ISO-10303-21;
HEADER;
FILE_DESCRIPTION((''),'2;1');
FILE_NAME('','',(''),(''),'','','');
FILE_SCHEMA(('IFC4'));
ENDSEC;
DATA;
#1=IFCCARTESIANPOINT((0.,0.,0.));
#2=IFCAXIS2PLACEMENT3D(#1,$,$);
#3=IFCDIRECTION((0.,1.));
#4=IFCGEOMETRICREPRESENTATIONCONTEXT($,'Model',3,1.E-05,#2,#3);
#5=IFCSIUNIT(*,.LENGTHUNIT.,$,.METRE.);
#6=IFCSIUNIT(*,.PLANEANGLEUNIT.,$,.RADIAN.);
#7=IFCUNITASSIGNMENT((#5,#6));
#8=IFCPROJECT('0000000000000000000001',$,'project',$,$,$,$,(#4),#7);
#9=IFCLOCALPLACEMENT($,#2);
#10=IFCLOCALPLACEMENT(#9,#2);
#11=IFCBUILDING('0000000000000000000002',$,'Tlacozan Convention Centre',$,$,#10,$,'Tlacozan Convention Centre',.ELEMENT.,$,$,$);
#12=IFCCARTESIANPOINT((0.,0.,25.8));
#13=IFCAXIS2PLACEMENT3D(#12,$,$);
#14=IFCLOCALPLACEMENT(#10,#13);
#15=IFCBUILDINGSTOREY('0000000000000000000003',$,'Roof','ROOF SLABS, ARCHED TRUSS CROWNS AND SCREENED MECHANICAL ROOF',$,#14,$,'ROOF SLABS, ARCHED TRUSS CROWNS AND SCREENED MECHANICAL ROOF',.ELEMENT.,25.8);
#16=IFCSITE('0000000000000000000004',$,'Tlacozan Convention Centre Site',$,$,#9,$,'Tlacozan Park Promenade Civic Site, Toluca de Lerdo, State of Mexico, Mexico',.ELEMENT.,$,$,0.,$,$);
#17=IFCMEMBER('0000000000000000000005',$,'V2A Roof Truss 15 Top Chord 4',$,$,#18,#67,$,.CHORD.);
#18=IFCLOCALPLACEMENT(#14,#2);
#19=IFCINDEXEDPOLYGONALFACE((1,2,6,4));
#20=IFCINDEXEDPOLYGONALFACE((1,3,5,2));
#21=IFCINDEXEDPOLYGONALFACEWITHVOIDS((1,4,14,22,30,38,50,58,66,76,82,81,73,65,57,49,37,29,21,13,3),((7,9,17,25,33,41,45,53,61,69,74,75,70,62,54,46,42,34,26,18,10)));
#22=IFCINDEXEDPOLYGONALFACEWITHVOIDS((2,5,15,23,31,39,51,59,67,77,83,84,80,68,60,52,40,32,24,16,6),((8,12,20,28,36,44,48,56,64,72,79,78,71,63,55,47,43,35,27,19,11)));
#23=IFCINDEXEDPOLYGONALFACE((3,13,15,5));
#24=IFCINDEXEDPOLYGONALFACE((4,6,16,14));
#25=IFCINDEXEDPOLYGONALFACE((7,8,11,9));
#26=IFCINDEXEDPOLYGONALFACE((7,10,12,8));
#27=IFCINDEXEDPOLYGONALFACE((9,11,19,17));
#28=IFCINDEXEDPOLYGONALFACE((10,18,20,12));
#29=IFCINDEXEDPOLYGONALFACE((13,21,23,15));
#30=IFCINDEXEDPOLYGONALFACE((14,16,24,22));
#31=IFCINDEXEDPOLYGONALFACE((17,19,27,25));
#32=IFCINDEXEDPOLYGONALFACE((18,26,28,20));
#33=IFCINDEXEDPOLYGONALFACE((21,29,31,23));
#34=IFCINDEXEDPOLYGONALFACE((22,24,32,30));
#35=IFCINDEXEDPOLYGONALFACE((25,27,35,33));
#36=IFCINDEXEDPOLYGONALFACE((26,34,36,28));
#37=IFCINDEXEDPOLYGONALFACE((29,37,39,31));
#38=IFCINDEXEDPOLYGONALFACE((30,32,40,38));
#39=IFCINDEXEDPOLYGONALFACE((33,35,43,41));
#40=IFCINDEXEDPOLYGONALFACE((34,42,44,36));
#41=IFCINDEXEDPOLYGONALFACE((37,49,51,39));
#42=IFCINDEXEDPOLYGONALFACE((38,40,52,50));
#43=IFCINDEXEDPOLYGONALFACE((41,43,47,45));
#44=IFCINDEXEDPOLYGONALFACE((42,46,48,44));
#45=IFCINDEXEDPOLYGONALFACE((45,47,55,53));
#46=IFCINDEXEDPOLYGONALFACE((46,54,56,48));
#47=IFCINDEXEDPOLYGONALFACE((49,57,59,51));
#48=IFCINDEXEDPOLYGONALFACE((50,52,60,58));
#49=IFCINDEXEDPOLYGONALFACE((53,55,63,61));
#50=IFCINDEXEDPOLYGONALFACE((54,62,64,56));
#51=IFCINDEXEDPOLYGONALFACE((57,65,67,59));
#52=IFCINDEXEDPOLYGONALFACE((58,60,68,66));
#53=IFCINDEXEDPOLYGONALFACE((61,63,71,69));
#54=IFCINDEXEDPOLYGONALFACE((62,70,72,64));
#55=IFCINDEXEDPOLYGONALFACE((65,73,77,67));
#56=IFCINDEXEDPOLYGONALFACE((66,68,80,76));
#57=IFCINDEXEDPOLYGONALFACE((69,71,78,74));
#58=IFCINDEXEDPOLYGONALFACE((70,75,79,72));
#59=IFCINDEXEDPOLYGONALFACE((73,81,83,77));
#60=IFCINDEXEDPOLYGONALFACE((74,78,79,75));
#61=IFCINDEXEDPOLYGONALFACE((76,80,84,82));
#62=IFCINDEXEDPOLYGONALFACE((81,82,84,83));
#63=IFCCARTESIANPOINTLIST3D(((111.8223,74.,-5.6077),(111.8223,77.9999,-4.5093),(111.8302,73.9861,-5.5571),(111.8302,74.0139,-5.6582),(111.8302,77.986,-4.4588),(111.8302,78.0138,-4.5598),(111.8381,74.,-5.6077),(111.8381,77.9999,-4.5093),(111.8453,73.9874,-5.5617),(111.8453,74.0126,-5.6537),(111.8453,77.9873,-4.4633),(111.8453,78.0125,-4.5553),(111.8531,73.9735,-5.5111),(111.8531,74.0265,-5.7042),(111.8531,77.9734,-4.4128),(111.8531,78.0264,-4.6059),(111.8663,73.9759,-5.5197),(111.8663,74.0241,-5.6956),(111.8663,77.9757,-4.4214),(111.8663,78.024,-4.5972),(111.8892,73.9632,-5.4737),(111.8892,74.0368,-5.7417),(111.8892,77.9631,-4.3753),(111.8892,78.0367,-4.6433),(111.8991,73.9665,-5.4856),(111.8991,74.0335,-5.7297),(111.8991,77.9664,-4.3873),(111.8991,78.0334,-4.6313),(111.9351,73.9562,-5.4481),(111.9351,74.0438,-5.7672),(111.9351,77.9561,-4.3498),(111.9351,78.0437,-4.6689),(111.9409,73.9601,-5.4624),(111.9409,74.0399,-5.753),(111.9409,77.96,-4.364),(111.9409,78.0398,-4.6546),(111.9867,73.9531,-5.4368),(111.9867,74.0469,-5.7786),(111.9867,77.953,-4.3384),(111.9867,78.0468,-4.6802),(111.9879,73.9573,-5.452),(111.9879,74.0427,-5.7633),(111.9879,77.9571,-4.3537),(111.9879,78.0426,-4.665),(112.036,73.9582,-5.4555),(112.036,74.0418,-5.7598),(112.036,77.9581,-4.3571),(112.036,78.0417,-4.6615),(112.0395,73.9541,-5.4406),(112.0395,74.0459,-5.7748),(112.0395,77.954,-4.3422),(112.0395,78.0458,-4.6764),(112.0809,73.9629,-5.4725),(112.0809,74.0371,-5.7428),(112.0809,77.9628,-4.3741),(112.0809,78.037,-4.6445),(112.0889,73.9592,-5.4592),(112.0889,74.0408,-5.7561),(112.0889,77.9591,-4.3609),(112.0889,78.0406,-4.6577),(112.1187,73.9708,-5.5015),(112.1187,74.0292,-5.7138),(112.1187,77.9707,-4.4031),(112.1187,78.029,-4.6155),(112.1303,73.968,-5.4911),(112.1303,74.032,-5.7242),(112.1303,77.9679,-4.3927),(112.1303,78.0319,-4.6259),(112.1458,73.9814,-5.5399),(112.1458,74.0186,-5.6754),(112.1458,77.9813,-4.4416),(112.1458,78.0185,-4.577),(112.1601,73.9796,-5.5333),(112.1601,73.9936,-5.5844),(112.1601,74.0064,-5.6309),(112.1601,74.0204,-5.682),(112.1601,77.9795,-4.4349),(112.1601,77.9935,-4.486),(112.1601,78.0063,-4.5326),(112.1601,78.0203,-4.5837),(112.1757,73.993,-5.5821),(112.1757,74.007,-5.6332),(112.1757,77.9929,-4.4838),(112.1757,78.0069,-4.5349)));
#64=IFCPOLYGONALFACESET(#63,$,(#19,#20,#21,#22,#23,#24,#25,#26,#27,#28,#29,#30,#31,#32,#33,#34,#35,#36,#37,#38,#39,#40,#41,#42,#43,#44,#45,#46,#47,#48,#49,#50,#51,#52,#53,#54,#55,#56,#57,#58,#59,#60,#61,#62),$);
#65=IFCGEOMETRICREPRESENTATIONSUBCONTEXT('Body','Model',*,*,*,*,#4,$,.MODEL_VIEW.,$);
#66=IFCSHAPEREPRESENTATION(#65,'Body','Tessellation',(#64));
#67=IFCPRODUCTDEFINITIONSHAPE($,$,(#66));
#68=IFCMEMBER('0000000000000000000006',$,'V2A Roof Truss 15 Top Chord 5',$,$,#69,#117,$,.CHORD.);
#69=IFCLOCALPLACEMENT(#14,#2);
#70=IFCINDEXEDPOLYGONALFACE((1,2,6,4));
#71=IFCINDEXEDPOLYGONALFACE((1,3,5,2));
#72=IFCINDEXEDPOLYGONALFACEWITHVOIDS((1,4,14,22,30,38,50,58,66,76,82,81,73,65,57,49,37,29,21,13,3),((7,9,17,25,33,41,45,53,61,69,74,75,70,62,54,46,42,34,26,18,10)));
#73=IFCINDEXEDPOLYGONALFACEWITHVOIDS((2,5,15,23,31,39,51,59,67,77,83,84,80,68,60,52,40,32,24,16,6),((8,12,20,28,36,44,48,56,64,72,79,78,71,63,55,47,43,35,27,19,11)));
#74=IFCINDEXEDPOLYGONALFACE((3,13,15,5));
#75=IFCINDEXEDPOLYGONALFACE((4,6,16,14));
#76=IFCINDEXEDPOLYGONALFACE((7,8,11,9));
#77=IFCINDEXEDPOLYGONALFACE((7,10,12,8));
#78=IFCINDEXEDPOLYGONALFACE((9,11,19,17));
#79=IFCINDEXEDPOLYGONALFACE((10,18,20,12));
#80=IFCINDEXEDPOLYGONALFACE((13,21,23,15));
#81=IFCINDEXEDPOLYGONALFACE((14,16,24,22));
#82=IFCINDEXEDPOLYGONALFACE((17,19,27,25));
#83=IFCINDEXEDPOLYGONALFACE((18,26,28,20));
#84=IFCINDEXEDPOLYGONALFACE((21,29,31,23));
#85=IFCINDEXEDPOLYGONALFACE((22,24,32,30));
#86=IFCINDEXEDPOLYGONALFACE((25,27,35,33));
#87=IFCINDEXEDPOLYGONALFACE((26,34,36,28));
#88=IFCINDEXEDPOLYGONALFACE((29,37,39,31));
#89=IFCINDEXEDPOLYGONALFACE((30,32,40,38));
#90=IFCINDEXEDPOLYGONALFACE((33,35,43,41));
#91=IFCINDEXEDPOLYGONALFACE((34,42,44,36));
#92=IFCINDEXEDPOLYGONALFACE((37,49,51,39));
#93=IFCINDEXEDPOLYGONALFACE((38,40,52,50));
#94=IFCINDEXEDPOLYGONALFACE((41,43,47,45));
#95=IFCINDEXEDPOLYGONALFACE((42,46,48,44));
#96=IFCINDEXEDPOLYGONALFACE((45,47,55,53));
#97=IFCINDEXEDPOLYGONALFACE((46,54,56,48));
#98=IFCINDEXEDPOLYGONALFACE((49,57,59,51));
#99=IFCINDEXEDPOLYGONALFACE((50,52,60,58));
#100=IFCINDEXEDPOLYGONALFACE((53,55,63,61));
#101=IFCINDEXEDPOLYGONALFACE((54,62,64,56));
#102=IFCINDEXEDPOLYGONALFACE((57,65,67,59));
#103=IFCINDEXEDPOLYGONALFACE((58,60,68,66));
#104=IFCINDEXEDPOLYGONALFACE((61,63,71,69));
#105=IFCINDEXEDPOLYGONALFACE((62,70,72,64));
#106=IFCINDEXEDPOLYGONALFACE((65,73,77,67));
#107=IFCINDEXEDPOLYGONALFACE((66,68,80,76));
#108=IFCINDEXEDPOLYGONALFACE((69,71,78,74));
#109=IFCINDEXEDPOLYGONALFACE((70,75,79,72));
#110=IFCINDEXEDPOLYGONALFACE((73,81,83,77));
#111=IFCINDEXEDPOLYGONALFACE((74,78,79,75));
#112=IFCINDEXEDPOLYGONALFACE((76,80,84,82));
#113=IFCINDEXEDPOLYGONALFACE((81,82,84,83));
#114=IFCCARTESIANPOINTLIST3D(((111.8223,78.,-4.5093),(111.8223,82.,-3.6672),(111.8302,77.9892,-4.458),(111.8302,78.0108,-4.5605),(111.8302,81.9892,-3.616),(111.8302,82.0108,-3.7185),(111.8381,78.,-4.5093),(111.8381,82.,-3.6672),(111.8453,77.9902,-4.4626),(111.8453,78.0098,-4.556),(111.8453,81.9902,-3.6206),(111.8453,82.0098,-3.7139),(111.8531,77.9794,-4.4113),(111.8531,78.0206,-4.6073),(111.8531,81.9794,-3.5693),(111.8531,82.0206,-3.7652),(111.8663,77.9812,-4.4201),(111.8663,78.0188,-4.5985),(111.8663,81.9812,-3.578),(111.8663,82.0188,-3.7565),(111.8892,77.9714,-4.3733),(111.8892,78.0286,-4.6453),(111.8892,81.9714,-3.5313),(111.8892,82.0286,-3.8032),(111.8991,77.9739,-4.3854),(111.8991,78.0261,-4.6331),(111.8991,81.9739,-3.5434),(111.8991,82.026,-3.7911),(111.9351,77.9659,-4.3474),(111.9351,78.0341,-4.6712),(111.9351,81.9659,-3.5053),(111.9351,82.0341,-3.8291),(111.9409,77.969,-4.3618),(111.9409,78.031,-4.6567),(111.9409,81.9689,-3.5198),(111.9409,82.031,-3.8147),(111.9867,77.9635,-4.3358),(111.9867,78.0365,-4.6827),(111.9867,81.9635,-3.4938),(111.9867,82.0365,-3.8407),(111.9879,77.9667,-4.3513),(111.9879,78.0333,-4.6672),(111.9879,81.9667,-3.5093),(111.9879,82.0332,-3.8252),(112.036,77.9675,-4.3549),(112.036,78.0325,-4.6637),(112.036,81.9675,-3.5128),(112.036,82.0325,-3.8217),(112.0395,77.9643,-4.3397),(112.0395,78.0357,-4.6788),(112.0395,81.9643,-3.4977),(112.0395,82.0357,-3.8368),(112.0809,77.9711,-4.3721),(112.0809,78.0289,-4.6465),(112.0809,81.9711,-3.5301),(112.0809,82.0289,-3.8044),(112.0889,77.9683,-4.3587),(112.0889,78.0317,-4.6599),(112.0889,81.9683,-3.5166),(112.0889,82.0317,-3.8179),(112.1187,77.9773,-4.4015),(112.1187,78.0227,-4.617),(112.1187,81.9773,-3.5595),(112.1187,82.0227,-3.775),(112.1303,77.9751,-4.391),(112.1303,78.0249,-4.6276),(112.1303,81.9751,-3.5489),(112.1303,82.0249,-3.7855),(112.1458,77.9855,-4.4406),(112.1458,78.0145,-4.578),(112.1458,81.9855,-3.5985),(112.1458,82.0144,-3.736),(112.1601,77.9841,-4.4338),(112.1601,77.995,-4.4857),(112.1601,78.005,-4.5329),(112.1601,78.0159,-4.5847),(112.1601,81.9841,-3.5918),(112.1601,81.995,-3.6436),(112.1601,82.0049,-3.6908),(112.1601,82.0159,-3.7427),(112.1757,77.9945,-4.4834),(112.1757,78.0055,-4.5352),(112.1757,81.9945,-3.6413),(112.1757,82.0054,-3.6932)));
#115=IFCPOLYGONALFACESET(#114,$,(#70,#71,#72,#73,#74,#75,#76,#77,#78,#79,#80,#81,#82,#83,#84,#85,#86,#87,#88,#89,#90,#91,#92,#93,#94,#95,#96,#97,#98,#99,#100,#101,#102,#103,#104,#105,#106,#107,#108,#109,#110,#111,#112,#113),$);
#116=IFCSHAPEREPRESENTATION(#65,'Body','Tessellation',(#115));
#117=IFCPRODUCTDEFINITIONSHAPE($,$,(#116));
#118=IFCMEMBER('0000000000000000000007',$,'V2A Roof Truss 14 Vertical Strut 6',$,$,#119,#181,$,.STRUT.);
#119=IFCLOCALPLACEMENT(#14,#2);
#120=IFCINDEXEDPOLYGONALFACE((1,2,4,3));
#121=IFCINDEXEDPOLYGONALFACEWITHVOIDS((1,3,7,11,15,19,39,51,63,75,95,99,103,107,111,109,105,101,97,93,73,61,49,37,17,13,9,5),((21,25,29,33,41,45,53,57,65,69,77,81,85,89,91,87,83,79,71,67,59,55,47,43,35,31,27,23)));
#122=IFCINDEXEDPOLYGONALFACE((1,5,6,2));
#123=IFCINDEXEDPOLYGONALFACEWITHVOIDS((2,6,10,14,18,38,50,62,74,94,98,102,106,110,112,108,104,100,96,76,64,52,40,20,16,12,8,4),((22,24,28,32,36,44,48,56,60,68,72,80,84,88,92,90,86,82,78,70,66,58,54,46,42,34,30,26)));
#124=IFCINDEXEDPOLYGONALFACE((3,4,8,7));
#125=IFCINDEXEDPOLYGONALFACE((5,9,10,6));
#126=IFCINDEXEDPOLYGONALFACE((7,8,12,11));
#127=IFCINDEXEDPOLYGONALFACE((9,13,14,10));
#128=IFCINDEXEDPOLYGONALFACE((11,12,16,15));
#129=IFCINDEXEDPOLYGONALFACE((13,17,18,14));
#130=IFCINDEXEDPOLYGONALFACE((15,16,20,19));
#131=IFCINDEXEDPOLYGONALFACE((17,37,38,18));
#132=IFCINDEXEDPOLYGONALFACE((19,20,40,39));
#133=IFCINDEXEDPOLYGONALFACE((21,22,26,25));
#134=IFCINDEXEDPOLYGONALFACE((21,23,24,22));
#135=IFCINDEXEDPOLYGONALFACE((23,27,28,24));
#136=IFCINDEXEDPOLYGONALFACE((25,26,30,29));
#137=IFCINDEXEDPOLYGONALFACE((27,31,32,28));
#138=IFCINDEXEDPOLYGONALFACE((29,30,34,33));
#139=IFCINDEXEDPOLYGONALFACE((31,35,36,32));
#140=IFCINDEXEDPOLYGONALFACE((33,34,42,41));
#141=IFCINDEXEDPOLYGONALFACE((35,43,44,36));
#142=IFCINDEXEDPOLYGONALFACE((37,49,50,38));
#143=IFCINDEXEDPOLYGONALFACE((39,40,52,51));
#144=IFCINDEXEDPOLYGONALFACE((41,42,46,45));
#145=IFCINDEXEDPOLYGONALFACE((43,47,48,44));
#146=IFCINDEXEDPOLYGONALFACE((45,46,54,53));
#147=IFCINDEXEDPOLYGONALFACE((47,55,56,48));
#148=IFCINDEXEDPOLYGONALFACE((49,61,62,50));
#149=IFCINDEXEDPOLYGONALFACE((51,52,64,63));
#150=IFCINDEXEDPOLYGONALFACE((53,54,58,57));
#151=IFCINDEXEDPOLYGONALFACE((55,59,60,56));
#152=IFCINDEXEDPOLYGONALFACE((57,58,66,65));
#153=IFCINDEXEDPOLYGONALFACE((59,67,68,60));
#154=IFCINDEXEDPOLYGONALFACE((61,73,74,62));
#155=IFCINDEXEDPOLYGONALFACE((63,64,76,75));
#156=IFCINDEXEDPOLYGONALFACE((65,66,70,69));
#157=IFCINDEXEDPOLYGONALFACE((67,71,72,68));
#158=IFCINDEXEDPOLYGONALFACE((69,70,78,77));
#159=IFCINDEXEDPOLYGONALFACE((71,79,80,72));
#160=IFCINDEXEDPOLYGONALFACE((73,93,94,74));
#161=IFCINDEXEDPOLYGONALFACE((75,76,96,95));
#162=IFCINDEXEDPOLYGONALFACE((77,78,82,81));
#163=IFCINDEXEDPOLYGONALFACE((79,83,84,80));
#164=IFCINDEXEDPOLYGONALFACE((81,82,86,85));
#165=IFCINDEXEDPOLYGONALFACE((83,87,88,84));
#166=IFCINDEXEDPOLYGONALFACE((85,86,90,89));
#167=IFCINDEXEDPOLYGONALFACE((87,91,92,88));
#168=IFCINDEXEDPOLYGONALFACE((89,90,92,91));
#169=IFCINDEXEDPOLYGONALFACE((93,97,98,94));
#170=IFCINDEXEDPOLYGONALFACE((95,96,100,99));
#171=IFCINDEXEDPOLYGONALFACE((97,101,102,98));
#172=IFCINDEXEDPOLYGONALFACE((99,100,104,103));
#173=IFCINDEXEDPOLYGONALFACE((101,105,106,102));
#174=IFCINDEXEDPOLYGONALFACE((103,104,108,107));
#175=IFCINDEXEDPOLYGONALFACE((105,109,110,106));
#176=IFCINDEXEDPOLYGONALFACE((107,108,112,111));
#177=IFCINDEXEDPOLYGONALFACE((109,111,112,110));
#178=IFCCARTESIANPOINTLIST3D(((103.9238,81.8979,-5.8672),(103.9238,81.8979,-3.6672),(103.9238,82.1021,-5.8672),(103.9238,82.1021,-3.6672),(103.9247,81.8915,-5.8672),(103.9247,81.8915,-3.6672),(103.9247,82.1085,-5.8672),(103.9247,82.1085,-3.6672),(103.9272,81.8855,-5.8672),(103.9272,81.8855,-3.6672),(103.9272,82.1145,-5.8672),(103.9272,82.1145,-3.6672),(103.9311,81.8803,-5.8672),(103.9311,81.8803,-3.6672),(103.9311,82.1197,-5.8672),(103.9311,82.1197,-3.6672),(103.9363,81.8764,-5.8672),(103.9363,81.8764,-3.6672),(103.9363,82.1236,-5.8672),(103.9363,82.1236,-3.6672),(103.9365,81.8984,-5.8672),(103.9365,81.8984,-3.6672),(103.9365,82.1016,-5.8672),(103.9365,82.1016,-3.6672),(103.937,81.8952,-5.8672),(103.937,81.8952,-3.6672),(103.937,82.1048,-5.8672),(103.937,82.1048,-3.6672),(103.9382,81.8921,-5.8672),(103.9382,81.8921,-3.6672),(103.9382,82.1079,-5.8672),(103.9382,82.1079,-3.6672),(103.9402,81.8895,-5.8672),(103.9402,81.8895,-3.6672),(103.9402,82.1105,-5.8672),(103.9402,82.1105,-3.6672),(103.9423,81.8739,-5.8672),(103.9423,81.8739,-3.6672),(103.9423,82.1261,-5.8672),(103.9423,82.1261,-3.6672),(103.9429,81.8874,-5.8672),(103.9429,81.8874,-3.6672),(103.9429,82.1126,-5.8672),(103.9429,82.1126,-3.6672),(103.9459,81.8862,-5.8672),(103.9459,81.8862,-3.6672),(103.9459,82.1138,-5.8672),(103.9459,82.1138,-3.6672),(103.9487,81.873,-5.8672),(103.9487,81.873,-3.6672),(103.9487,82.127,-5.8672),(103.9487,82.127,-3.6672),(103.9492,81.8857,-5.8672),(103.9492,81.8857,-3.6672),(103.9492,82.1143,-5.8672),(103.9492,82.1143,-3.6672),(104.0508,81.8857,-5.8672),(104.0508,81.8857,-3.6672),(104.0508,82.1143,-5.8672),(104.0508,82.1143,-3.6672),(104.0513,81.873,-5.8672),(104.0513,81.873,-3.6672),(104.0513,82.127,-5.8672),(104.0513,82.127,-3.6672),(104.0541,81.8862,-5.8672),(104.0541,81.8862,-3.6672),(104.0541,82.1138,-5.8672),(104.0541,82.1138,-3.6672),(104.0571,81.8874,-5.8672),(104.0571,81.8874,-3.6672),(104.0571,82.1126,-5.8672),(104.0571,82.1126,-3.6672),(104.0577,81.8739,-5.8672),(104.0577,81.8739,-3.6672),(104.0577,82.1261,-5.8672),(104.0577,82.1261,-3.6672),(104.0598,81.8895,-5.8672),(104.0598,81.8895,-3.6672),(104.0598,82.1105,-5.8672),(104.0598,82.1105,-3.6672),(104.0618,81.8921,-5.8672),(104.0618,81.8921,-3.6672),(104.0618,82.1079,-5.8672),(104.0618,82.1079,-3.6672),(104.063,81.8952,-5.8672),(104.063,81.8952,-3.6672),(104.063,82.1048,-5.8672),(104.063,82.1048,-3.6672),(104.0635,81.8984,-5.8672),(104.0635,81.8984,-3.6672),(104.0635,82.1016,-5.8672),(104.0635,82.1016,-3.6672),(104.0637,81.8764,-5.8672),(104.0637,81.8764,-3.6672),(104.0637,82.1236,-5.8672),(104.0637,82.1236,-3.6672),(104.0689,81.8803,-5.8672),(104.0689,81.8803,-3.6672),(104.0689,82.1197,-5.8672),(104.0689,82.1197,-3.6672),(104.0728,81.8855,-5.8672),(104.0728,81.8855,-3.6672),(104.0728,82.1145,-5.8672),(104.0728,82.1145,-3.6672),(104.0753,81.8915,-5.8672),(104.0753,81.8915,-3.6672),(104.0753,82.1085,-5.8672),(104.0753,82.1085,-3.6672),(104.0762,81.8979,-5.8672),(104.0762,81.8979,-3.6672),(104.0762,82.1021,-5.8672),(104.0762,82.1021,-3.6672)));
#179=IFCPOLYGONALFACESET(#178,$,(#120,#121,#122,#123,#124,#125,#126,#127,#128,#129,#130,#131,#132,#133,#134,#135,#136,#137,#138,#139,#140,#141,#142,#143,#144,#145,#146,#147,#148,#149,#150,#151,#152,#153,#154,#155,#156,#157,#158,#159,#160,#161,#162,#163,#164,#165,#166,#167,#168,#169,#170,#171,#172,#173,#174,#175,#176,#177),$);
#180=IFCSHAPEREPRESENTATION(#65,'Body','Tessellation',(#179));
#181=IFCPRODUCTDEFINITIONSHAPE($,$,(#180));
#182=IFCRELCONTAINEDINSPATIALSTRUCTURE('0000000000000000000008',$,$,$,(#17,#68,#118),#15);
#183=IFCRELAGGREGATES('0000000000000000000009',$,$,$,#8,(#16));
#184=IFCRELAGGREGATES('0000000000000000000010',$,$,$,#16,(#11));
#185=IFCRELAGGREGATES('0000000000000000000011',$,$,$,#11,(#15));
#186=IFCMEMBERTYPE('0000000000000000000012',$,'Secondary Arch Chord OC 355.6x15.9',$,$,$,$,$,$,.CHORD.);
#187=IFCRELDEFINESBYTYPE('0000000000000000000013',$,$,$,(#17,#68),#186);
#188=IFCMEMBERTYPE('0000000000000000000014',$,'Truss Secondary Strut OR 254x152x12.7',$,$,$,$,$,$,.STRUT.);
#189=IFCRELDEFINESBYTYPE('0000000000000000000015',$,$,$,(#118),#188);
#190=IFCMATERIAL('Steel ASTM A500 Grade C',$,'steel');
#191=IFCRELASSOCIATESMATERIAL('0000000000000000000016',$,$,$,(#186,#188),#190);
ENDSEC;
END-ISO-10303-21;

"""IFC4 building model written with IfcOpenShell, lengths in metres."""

from ifc_helpers import new_model, si_unit, direction, frame, origin, origin_2d, place, context, subcontext, project, spatial, hollow_rectangle, hollow_circle, extrude, material, material_profile, profile_set, type_object, element, save


model = new_model("IFC4")

# Units and contexts
model_context = context("Model", 3, precision=1e-05, world=origin(), true_north=direction((0.0, 1.0)))
body_context = subcontext(model_context, "Body", "Model", "MODEL_VIEW")
ifc_project = project(units=[si_unit("LENGTHUNIT", "METRE"), si_unit("PLANEANGLEUNIT", "RADIAN")], contexts=[model_context])

# Site, building, storey
site_placement = place(None, origin())
site = spatial("IfcSite", under=ifc_project, at=site_placement, Name="Tlacozan Convention Centre Site", LongName="Tlacozan Park Promenade Civic Site, Toluca de Lerdo, State of Mexico, Mexico", CompositionType="ELEMENT", RefElevation=0.0)
building_placement = place(site_placement, origin())
building = spatial("IfcBuilding", under=site, at=building_placement, Name="Tlacozan Convention Centre", LongName="Tlacozan Convention Centre", CompositionType="ELEMENT")
storey_placement = place(building_placement, frame((0.0, 0.0, 25.8)))
storey = spatial("IfcBuildingStorey", under=building, at=storey_placement, Name="Roof", Description="ROOF SLABS, ARCHED TRUSS CROWNS AND SCREENED MECHANICAL ROOF", LongName="ROOF SLABS, ARCHED TRUSS CROWNS AND SCREENED MECHANICAL ROOF", CompositionType="ELEMENT", Elevation=25.8)

# Members
ifc_material_1 = material(Name="Steel ASTM A500 Grade C", Category="steel")
ifc_material_profile_1 = material_profile(ifc_material_1, hollow_circle(Radius=0.1777, WallThickness=0.0159, at=origin_2d()), Name="OC 355.6x15.9")
ifc_profile_set_1 = profile_set([ifc_material_profile_1], Name="Steel ASTM A500 Grade C")
member_type_1 = type_object("IfcMemberType", Name="Secondary Arch Chord OC 355.6x15.9", PredefinedType="CHORD", material=ifc_profile_set_1)
member_1_placement = place(storey_placement, frame((112.0, 74.0, -5.6077), z_axis=(0.0, 0.964305, 0.264795), x_axis=(-1.0, 0.0, 0.0)))
element("IfcMember", 1, at=member_1_placement, inside=storey, type_object=member_type_1, Name="V2A Roof Truss 15 Top Chord 4", PredefinedType="CHORD", context=body_context, shape_type="SweptSolid", body=[
    extrude(hollow_circle(Radius=0.1777, WallThickness=0.0159, at=origin_2d()), origin(), (0.0, 0.0, 1.0), 4.1479),
])
member_2_placement = place(storey_placement, frame((112.0, 78.0, -4.5093), z_axis=(0.0, 0.978553, 0.205995), x_axis=(-1.0, 0.0, 0.0)))
element("IfcMember", 2, at=member_2_placement, inside=storey, type_object=member_type_1, Name="V2A Roof Truss 15 Top Chord 5", PredefinedType="CHORD", context=body_context, shape_type="SweptSolid", body=[
    extrude(hollow_circle(Radius=0.1777, WallThickness=0.0159, at=origin_2d()), origin(), (0.0, 0.0, 1.0), 4.0876),
])
ifc_material_profile_2 = material_profile(ifc_material_1, hollow_rectangle(XDim=0.1523, YDim=0.2539, WallThickness=0.0127, InnerFilletRadius=0.0127, OuterFilletRadius=0.0249, at=origin_2d()), Name="OR 254x152x12.7")
ifc_profile_set_2 = profile_set([ifc_material_profile_2], Name="Steel ASTM A500 Grade C")
member_type_2 = type_object("IfcMemberType", Name="Truss Secondary Strut OR 254x152x12.7", PredefinedType="STRUT", material=ifc_profile_set_2)
member_3_placement = place(storey_placement, frame((104.0, 82.0, -5.8672), z_axis=(0.0, 0.0, 1.0), x_axis=(1.0, 0.0, 0.0)))
element("IfcMember", 3, at=member_3_placement, inside=storey, type_object=member_type_2, Name="V2A Roof Truss 14 Vertical Strut 6", PredefinedType="STRUT", context=body_context, shape_type="SweptSolid", body=[
    extrude(hollow_rectangle(XDim=0.1523, YDim=0.2539, WallThickness=0.0127, InnerFilletRadius=0.0127, OuterFilletRadius=0.0249, at=origin_2d()), origin(), (0.0, 0.0, 1.0), 2.2),
])

save(model, "model.ifc")
